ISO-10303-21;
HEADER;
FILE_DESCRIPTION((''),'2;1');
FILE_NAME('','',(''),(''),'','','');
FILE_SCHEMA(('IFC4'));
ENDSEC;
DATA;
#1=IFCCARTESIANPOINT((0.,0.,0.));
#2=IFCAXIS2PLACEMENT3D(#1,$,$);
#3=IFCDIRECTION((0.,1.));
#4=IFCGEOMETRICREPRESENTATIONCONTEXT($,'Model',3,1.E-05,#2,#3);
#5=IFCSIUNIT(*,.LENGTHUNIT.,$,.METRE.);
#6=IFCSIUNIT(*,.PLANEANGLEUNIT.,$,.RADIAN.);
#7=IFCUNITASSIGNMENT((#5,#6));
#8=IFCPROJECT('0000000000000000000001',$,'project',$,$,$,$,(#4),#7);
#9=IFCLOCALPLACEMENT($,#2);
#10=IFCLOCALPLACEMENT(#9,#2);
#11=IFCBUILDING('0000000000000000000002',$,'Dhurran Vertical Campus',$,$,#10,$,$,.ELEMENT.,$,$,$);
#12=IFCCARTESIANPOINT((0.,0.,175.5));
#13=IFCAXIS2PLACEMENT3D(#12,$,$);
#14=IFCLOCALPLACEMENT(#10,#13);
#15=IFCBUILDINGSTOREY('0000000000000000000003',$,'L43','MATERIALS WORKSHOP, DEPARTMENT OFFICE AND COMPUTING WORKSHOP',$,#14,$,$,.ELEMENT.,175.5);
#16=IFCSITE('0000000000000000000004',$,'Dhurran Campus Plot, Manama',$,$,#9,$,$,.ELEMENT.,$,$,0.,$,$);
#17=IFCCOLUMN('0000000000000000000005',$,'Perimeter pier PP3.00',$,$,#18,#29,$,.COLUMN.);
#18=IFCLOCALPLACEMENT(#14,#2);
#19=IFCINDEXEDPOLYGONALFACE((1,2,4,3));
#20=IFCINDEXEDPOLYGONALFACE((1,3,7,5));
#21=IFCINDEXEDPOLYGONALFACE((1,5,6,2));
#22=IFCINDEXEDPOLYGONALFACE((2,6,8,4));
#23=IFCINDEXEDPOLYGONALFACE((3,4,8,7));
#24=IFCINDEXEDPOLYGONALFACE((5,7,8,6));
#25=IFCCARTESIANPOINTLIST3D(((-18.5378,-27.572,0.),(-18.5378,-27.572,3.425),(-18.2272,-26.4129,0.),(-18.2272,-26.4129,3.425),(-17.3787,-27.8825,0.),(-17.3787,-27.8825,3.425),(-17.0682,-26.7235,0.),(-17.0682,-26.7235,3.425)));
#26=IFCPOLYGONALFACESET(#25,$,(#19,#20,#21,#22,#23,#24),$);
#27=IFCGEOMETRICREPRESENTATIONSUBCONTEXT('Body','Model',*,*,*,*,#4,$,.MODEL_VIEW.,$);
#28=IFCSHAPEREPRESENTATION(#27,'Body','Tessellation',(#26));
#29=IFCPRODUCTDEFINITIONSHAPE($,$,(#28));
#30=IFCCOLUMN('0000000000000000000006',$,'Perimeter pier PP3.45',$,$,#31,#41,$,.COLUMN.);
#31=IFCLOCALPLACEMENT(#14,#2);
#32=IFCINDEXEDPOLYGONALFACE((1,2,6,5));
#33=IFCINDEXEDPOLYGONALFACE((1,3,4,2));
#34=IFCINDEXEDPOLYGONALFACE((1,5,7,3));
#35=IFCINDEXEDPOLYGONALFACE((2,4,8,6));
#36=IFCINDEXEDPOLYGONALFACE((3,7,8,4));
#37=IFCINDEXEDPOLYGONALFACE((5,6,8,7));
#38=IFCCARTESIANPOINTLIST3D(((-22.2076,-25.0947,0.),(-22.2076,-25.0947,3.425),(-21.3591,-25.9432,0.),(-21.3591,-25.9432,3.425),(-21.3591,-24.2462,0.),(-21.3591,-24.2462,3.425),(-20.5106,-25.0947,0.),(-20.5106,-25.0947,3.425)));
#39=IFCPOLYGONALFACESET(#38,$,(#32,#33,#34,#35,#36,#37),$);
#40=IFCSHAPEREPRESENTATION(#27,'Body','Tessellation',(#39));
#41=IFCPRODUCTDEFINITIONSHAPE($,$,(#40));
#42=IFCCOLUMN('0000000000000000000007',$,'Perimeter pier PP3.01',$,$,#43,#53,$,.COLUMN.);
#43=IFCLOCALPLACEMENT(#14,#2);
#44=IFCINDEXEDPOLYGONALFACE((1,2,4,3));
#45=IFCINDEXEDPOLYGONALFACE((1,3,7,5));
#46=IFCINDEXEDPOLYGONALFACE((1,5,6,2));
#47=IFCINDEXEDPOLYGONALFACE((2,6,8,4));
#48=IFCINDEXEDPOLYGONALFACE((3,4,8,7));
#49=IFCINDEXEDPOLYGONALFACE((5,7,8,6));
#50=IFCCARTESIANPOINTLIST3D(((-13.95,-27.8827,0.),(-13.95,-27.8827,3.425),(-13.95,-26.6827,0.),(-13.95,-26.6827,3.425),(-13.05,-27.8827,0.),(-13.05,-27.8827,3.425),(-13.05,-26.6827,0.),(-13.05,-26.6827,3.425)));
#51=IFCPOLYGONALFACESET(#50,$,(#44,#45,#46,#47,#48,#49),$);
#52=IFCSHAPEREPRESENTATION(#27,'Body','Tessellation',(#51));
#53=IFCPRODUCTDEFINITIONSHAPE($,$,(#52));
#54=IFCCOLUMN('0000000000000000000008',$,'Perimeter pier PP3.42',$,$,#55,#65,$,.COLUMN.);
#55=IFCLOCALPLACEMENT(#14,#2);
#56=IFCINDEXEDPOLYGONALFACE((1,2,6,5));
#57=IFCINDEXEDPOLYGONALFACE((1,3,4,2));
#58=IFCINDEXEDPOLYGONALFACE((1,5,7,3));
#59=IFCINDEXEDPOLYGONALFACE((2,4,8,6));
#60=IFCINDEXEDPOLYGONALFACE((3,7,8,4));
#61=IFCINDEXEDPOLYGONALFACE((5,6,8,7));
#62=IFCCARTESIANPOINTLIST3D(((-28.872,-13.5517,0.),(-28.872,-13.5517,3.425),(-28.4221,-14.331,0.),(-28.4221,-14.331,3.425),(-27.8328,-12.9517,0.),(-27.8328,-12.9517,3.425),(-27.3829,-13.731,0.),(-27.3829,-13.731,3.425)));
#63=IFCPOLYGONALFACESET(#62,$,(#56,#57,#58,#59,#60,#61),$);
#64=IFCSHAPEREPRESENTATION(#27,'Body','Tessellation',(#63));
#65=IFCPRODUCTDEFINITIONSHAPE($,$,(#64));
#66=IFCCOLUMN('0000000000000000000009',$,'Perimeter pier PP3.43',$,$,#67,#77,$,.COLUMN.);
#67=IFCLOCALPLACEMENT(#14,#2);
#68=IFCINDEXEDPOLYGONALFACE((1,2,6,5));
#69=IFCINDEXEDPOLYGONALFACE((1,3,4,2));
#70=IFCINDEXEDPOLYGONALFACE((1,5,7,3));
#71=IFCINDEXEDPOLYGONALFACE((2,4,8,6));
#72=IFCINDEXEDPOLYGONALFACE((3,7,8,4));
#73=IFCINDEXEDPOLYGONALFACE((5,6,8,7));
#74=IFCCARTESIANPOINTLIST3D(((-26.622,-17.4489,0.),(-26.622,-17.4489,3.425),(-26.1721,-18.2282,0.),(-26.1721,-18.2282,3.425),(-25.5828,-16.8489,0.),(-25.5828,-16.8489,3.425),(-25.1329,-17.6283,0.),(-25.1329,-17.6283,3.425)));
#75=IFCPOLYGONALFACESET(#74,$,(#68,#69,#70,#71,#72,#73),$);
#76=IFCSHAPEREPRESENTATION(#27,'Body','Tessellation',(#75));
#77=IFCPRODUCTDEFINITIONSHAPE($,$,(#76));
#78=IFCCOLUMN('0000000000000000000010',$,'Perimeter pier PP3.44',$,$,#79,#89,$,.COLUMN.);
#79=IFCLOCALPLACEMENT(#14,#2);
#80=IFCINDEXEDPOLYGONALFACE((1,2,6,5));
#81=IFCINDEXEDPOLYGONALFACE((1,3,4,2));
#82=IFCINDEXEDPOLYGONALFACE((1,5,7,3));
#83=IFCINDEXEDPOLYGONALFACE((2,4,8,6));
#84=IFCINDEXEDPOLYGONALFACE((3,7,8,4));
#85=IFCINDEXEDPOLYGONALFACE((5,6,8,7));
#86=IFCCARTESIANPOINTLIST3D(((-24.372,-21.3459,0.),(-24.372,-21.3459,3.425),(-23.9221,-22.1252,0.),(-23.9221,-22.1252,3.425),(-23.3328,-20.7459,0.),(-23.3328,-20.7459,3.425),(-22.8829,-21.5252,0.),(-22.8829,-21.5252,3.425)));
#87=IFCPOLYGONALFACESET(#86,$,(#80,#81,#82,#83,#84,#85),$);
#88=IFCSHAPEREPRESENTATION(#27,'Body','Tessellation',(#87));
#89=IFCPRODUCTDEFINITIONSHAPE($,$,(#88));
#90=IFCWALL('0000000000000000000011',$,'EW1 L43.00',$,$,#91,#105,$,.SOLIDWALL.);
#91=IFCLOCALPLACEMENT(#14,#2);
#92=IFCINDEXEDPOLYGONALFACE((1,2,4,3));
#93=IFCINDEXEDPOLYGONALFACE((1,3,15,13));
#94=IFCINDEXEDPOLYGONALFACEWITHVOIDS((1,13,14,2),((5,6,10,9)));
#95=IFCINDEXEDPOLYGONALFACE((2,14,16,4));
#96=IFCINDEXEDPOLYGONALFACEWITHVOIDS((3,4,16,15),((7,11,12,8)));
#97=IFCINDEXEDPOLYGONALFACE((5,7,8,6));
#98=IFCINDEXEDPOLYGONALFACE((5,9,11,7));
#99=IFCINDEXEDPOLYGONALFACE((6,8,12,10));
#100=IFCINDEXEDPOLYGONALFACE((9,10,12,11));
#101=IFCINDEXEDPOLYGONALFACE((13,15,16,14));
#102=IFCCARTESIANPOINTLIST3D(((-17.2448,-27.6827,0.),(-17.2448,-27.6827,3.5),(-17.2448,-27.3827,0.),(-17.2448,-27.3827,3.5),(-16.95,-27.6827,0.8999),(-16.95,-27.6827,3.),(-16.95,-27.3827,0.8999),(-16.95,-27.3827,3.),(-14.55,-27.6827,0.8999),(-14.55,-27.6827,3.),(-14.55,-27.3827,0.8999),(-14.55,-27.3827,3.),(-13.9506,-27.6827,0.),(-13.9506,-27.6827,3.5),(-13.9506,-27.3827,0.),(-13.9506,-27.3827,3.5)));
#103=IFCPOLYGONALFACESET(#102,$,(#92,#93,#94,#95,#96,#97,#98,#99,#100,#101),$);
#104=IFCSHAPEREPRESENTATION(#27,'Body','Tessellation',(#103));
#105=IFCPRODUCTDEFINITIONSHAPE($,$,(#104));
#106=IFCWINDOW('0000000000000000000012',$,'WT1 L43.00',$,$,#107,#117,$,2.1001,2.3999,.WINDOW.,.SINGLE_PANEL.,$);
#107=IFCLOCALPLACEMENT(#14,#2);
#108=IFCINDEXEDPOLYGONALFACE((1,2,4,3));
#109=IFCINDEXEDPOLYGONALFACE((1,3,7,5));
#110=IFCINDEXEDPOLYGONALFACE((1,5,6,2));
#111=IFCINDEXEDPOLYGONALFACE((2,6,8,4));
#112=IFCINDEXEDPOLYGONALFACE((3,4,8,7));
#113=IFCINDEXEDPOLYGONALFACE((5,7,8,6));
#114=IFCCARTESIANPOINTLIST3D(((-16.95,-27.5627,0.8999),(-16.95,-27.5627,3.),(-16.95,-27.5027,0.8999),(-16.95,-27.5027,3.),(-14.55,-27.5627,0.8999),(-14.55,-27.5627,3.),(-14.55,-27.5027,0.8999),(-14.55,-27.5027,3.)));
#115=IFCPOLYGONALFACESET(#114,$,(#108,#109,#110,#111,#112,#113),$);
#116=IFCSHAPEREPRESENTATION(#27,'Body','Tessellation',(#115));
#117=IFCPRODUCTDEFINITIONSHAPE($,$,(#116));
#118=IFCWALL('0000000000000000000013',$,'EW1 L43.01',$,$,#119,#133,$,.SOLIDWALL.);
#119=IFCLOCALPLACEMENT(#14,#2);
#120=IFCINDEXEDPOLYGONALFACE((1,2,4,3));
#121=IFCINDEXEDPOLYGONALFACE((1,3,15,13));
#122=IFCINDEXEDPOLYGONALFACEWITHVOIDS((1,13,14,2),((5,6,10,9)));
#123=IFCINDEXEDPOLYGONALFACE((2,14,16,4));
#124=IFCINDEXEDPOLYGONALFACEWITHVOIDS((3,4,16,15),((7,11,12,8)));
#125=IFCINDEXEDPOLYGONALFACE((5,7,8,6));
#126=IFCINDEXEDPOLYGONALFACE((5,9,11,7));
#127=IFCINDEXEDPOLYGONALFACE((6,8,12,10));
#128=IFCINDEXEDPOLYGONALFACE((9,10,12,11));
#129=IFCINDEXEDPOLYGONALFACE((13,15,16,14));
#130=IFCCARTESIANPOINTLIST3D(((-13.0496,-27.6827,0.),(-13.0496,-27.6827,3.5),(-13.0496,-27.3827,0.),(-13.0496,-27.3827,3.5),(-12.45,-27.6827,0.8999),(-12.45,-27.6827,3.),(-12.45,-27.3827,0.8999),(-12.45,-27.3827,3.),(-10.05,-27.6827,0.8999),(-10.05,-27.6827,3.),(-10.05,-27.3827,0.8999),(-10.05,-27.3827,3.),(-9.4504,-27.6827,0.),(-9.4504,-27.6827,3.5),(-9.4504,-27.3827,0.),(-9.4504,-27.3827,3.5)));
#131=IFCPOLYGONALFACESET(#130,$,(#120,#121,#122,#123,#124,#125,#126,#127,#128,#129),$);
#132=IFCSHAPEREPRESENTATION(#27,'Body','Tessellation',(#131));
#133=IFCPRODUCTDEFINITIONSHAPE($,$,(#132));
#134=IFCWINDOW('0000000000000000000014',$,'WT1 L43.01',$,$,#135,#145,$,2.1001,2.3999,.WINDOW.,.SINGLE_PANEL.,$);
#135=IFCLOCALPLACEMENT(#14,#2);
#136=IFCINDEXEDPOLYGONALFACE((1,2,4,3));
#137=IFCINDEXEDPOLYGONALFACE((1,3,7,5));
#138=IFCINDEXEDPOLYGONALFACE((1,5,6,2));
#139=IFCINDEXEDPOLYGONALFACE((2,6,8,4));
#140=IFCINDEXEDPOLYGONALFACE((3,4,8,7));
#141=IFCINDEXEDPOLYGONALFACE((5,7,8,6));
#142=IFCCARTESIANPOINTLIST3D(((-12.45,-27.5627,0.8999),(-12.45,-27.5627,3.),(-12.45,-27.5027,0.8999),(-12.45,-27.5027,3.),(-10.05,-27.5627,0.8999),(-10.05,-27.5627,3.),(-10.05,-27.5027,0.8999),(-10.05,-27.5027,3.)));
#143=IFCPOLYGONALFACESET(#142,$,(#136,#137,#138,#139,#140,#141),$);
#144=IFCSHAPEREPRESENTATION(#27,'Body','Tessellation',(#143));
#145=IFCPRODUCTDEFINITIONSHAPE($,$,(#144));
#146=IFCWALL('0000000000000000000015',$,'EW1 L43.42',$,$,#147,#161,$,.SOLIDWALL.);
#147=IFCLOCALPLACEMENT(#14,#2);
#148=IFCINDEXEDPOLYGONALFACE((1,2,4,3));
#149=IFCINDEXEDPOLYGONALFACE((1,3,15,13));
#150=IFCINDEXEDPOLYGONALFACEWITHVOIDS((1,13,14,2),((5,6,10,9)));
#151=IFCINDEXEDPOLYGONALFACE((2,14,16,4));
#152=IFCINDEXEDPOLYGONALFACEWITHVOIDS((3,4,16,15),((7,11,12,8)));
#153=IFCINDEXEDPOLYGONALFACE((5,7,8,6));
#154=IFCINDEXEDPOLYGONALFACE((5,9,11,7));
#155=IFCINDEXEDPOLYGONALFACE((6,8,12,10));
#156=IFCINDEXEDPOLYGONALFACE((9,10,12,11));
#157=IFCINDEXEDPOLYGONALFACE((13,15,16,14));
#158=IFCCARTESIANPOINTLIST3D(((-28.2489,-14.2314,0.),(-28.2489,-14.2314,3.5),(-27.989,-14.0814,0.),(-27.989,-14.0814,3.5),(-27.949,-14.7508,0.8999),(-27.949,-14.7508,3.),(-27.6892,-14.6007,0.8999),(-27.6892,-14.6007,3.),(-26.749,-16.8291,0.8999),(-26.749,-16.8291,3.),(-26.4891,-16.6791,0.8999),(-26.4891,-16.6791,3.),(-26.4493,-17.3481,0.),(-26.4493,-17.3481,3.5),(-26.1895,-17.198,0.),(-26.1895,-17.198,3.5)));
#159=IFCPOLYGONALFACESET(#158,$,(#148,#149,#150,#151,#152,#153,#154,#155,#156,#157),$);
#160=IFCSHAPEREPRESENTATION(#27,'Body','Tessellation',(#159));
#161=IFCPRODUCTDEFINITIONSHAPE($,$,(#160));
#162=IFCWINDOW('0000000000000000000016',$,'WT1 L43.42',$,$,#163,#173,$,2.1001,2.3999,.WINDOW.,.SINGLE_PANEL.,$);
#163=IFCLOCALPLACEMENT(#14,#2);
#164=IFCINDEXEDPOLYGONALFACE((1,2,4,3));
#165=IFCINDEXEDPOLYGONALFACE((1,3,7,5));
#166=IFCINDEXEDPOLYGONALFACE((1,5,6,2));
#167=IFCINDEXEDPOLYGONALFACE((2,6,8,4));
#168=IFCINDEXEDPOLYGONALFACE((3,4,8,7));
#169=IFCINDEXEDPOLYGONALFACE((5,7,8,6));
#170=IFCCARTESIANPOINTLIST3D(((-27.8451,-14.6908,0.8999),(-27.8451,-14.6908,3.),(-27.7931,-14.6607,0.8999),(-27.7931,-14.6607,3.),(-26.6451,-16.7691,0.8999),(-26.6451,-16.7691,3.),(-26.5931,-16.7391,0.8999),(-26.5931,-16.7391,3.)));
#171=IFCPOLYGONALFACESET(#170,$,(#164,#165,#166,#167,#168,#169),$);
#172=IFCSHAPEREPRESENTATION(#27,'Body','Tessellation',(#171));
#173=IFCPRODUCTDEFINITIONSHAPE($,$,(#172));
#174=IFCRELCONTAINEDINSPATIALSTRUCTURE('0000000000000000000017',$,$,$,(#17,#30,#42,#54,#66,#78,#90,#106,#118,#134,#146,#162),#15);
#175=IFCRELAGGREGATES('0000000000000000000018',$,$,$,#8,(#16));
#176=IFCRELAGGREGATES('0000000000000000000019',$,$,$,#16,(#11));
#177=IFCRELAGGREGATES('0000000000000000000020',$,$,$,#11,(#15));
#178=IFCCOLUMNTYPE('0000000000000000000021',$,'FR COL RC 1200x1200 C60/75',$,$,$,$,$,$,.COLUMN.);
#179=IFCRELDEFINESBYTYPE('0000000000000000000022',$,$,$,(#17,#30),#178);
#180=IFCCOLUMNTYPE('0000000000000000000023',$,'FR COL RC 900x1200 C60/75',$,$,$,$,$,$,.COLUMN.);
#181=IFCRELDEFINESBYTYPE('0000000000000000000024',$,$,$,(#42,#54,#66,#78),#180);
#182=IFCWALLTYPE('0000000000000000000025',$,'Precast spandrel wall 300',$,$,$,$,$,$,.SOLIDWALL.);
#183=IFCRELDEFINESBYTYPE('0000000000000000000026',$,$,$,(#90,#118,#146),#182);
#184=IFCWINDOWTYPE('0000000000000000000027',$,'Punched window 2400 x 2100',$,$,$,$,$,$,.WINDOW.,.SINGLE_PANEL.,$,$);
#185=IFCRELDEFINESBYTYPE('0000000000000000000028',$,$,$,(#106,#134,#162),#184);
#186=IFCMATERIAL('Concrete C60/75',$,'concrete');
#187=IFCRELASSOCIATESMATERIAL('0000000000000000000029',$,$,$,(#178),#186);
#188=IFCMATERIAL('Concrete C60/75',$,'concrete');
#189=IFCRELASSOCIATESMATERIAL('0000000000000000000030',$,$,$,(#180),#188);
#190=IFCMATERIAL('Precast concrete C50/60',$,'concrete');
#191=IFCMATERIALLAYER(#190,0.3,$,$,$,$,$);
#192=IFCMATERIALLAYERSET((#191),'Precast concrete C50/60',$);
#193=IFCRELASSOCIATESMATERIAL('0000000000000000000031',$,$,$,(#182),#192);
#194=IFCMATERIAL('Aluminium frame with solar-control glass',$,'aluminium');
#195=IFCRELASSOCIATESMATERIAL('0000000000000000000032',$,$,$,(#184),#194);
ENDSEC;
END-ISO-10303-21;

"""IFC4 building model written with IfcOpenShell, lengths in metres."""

from ifc_helpers import new_model, si_unit, direction, frame, frame_2d, origin, origin_2d, place, context, subcontext, project, spatial, rectangle, extrude, material, layer, layer_set, material_profile, profile_set, type_object, element, fill, save


model = new_model("IFC4")

# Units and contexts
model_context = context("Model", 3, precision=1e-05, world=origin(), true_north=direction((0.0, 1.0)))
body_context = subcontext(model_context, "Body", "Model", "MODEL_VIEW")
ifc_project = project(units=[si_unit("LENGTHUNIT", "METRE"), si_unit("PLANEANGLEUNIT", "RADIAN")], contexts=[model_context])

# Site, building, storey
site_placement = place(None, origin())
site = spatial("IfcSite", under=ifc_project, at=site_placement, Name="Dhurran Campus Plot, Manama", CompositionType="ELEMENT", RefElevation=0.0)
building_placement = place(site_placement, origin())
building = spatial("IfcBuilding", under=site, at=building_placement, Name="Dhurran Vertical Campus", CompositionType="ELEMENT")
storey_placement = place(building_placement, frame((0.0, 0.0, 175.5)))
storey = spatial("IfcBuildingStorey", under=building, at=storey_placement, Name="L43", Description="MATERIALS WORKSHOP, DEPARTMENT OFFICE AND COMPUTING WORKSHOP", CompositionType="ELEMENT", Elevation=175.5)

# Columns
ifc_material_1 = material(Name="Concrete C60/75", Category="concrete")
ifc_material_profile_1 = material_profile(ifc_material_1, rectangle(XDim=1.2, YDim=1.2, at=origin_2d()), Name="RC 1200x1200")
ifc_profile_set_1 = profile_set([ifc_material_profile_1], Name="Concrete C60/75")
column_type_1 = type_object("IfcColumnType", Name="FR COL RC 1200x1200 C60/75", PredefinedType="COLUMN", material=ifc_profile_set_1)
for number, where, z_axis, x_axis, name in (
    (1, (-17.803, -27.1477, 0.0), (0.0, 0.0, 1.0), (0.965926, -0.258819, 0.0), "Perimeter pier PP3.00"),
    (2, (-21.3591, -25.0947, 0.0), (0.0, 0.0, 1.0), (0.707107, -0.707107, 0.0), "Perimeter pier PP3.45"),
):
    element("IfcColumn", number, at=place(storey_placement, frame(where, z_axis=z_axis, x_axis=x_axis)), inside=storey, type_object=column_type_1, Name=name, PredefinedType="COLUMN", context=body_context, shape_type="SweptSolid", body=[
        extrude(rectangle(XDim=1.2, YDim=1.2, at=origin_2d()), origin(), (0.0, 0.0, 1.0), 3.425),
    ])
ifc_material_2 = material(Name="Concrete C60/75", Category="concrete")
ifc_material_profile_2 = material_profile(ifc_material_2, rectangle(XDim=0.8999, YDim=1.2, at=origin_2d()), Name="RC 900x1200")
ifc_profile_set_2 = profile_set([ifc_material_profile_2], Name="Concrete C60/75")
column_type_2 = type_object("IfcColumnType", Name="FR COL RC 900x1200 C60/75", PredefinedType="COLUMN", material=ifc_profile_set_2)
for number, where, z_axis, x_axis, name in (
    (3, (-13.5, -27.2827, 0.0), (0.0, 0.0, 1.0), (1.0, 0.0, 0.0), "Perimeter pier PP3.01"),
    (4, (-28.1274, -13.6414, 0.0), (0.0, 0.0, 1.0), (0.5, -0.866025, 0.0), "Perimeter pier PP3.42"),
    (5, (-25.8774, -17.5386, 0.0), (0.0, 0.0, 1.0), (0.5, -0.866025, 0.0), "Perimeter pier PP3.43"),
    (6, (-23.6274, -21.4355, 0.0), (0.0, 0.0, 1.0), (0.5, -0.866025, 0.0), "Perimeter pier PP3.44"),
):
    element("IfcColumn", number, at=place(storey_placement, frame(where, z_axis=z_axis, x_axis=x_axis)), inside=storey, type_object=column_type_2, Name=name, PredefinedType="COLUMN", context=body_context, shape_type="SweptSolid", body=[
        extrude(rectangle(XDim=0.8999, YDim=1.2, at=origin_2d()), origin(), (0.0, 0.0, 1.0), 3.425),
    ])

# Walls, openings, windows
ifc_material_3 = material(Name="Precast concrete C50/60", Category="concrete")
ifc_layer_1 = layer(ifc_material_3, 0.3)
ifc_layer_set_1 = layer_set([ifc_layer_1], Name="Precast concrete C50/60")
wall_type_1 = type_object("IfcWallType", Name="Precast spandrel wall 300", PredefinedType="SOLIDWALL", material=ifc_layer_set_1)
wall_1_placement = place(storey_placement, frame((-17.2446, -27.5327, 0.0), z_axis=(0.0, 0.0, 1.0), x_axis=(1.0, 0.0, 0.0)))
wall_1 = element("IfcWall", 7, at=wall_1_placement, inside=storey, type_object=wall_type_1, Name="EW1 L43.00", PredefinedType="SOLIDWALL", context=body_context, shape_type="SweptSolid", body=[
    extrude(rectangle(XDim=3.2942, YDim=0.3, at=frame_2d((1.647, 0.0))), origin(), (0.0, 0.0, 1.0), 3.5),
])
opening_1_placement = place(wall_1_placement, frame((0.2947, 0.0, 0.8999)))
opening_1 = element("IfcOpeningElement", 8, at=opening_1_placement, cuts=wall_1, PredefinedType="OPENING", context=body_context, shape_type="SweptSolid", body=[
    extrude(rectangle(XDim=2.3999, YDim=2.1001, at=frame_2d((1.2, 1.05))), frame((0.0, 0.1599, 0.0), z_axis=(0.0, -1.0, 0.0), x_axis=(1.0, 0.0, 0.0)), (0.0, 0.0, 1.0), 0.3201),
])
ifc_material_4 = material(Name="Aluminium frame with solar-control glass", Category="aluminium")
window_type = type_object("IfcWindowType", Name="Punched window 2400 x 2100", PartitioningType="SINGLE_PANEL", PredefinedType="WINDOW", material=ifc_material_4)
window_1_placement = place(opening_1_placement, origin())
window_1 = element("IfcWindow", 9, at=window_1_placement, inside=storey, type_object=window_type, Name="WT1 L43.00", OverallHeight=2.1001, OverallWidth=2.3999, PartitioningType="SINGLE_PANEL", PredefinedType="WINDOW", context=body_context, shape_type="SweptSolid", body=[
    extrude(rectangle(XDim=2.3999, YDim=2.1001, at=frame_2d((1.2, 1.05))), frame((0.0, 0.03, 0.0), z_axis=(0.0, -1.0, 0.0), x_axis=(1.0, 0.0, 0.0)), (0.0, 0.0, 1.0), 0.0601),
])
fill(opening_1, window_1)
wall_2_placement = place(storey_placement, frame((-13.0496, -27.5327, 0.0), z_axis=(0.0, 0.0, 1.0), x_axis=(1.0, 0.0, 0.0)))
wall_2 = element("IfcWall", 10, at=wall_2_placement, inside=storey, type_object=wall_type_1, Name="EW1 L43.01", PredefinedType="SOLIDWALL", context=body_context, shape_type="SweptSolid", body=[
    extrude(rectangle(XDim=3.5991, YDim=0.3, at=frame_2d((1.7996, 0.0))), origin(), (0.0, 0.0, 1.0), 3.5),
])
opening_2_placement = place(wall_2_placement, frame((0.5996, 0.0, 0.8999)))
opening_2 = element("IfcOpeningElement", 11, at=opening_2_placement, cuts=wall_2, PredefinedType="OPENING", context=body_context, shape_type="SweptSolid", body=[
    extrude(rectangle(XDim=2.3999, YDim=2.1001, at=frame_2d((1.2, 1.05))), frame((0.0, 0.1599, 0.0), z_axis=(0.0, -1.0, 0.0), x_axis=(1.0, 0.0, 0.0)), (0.0, 0.0, 1.0), 0.3201),
])
window_2_placement = place(opening_2_placement, origin())
window_2 = element("IfcWindow", 12, at=window_2_placement, inside=storey, type_object=window_type, Name="WT1 L43.01", OverallHeight=2.1001, OverallWidth=2.3999, PartitioningType="SINGLE_PANEL", PredefinedType="WINDOW", context=body_context, shape_type="SweptSolid", body=[
    extrude(rectangle(XDim=2.3999, YDim=2.1001, at=frame_2d((1.2, 1.05))), frame((0.0, 0.03, 0.0), z_axis=(0.0, -1.0, 0.0), x_axis=(1.0, 0.0, 0.0)), (0.0, 0.0, 1.0), 0.0601),
])
fill(opening_2, window_2)
wall_3_placement = place(storey_placement, frame((-28.1189, -14.1565, 0.0), z_axis=(0.0, 0.0, 1.0), x_axis=(0.500028, -0.866009, 0.0)))
wall_3 = element("IfcWall", 13, at=wall_3_placement, inside=storey, type_object=wall_type_1, Name="EW1 L43.42", PredefinedType="SOLIDWALL", context=body_context, shape_type="SweptSolid", body=[
    extrude(rectangle(XDim=3.5989, YDim=0.3, at=frame_2d((1.7993, 0.0))), origin(), (0.0, 0.0, 1.0), 3.5),
])
opening_3_placement = place(wall_3_placement, frame((0.5996, 0.0, 0.8999)))
opening_3 = element("IfcOpeningElement", 14, at=opening_3_placement, cuts=wall_3, PredefinedType="OPENING", context=body_context, shape_type="SweptSolid", body=[
    extrude(rectangle(XDim=2.3999, YDim=2.1001, at=frame_2d((1.2, 1.05))), frame((0.0, 0.1599, 0.0), z_axis=(0.0, -1.0, 0.0), x_axis=(1.0, 0.0, 0.0)), (0.0, 0.0, 1.0), 0.3201),
])
window_3_placement = place(opening_3_placement, origin())
window_3 = element("IfcWindow", 15, at=window_3_placement, inside=storey, type_object=window_type, Name="WT1 L43.42", OverallHeight=2.1001, OverallWidth=2.3999, PartitioningType="SINGLE_PANEL", PredefinedType="WINDOW", context=body_context, shape_type="SweptSolid", body=[
    extrude(rectangle(XDim=2.3999, YDim=2.1001, at=frame_2d((1.2, 1.05))), frame((0.0, 0.03, 0.0), z_axis=(0.0, -1.0, 0.0), x_axis=(1.0, 0.0, 0.0)), (0.0, 0.0, 1.0), 0.0601),
])
fill(opening_3, window_3)

save(model, "model.ifc")
